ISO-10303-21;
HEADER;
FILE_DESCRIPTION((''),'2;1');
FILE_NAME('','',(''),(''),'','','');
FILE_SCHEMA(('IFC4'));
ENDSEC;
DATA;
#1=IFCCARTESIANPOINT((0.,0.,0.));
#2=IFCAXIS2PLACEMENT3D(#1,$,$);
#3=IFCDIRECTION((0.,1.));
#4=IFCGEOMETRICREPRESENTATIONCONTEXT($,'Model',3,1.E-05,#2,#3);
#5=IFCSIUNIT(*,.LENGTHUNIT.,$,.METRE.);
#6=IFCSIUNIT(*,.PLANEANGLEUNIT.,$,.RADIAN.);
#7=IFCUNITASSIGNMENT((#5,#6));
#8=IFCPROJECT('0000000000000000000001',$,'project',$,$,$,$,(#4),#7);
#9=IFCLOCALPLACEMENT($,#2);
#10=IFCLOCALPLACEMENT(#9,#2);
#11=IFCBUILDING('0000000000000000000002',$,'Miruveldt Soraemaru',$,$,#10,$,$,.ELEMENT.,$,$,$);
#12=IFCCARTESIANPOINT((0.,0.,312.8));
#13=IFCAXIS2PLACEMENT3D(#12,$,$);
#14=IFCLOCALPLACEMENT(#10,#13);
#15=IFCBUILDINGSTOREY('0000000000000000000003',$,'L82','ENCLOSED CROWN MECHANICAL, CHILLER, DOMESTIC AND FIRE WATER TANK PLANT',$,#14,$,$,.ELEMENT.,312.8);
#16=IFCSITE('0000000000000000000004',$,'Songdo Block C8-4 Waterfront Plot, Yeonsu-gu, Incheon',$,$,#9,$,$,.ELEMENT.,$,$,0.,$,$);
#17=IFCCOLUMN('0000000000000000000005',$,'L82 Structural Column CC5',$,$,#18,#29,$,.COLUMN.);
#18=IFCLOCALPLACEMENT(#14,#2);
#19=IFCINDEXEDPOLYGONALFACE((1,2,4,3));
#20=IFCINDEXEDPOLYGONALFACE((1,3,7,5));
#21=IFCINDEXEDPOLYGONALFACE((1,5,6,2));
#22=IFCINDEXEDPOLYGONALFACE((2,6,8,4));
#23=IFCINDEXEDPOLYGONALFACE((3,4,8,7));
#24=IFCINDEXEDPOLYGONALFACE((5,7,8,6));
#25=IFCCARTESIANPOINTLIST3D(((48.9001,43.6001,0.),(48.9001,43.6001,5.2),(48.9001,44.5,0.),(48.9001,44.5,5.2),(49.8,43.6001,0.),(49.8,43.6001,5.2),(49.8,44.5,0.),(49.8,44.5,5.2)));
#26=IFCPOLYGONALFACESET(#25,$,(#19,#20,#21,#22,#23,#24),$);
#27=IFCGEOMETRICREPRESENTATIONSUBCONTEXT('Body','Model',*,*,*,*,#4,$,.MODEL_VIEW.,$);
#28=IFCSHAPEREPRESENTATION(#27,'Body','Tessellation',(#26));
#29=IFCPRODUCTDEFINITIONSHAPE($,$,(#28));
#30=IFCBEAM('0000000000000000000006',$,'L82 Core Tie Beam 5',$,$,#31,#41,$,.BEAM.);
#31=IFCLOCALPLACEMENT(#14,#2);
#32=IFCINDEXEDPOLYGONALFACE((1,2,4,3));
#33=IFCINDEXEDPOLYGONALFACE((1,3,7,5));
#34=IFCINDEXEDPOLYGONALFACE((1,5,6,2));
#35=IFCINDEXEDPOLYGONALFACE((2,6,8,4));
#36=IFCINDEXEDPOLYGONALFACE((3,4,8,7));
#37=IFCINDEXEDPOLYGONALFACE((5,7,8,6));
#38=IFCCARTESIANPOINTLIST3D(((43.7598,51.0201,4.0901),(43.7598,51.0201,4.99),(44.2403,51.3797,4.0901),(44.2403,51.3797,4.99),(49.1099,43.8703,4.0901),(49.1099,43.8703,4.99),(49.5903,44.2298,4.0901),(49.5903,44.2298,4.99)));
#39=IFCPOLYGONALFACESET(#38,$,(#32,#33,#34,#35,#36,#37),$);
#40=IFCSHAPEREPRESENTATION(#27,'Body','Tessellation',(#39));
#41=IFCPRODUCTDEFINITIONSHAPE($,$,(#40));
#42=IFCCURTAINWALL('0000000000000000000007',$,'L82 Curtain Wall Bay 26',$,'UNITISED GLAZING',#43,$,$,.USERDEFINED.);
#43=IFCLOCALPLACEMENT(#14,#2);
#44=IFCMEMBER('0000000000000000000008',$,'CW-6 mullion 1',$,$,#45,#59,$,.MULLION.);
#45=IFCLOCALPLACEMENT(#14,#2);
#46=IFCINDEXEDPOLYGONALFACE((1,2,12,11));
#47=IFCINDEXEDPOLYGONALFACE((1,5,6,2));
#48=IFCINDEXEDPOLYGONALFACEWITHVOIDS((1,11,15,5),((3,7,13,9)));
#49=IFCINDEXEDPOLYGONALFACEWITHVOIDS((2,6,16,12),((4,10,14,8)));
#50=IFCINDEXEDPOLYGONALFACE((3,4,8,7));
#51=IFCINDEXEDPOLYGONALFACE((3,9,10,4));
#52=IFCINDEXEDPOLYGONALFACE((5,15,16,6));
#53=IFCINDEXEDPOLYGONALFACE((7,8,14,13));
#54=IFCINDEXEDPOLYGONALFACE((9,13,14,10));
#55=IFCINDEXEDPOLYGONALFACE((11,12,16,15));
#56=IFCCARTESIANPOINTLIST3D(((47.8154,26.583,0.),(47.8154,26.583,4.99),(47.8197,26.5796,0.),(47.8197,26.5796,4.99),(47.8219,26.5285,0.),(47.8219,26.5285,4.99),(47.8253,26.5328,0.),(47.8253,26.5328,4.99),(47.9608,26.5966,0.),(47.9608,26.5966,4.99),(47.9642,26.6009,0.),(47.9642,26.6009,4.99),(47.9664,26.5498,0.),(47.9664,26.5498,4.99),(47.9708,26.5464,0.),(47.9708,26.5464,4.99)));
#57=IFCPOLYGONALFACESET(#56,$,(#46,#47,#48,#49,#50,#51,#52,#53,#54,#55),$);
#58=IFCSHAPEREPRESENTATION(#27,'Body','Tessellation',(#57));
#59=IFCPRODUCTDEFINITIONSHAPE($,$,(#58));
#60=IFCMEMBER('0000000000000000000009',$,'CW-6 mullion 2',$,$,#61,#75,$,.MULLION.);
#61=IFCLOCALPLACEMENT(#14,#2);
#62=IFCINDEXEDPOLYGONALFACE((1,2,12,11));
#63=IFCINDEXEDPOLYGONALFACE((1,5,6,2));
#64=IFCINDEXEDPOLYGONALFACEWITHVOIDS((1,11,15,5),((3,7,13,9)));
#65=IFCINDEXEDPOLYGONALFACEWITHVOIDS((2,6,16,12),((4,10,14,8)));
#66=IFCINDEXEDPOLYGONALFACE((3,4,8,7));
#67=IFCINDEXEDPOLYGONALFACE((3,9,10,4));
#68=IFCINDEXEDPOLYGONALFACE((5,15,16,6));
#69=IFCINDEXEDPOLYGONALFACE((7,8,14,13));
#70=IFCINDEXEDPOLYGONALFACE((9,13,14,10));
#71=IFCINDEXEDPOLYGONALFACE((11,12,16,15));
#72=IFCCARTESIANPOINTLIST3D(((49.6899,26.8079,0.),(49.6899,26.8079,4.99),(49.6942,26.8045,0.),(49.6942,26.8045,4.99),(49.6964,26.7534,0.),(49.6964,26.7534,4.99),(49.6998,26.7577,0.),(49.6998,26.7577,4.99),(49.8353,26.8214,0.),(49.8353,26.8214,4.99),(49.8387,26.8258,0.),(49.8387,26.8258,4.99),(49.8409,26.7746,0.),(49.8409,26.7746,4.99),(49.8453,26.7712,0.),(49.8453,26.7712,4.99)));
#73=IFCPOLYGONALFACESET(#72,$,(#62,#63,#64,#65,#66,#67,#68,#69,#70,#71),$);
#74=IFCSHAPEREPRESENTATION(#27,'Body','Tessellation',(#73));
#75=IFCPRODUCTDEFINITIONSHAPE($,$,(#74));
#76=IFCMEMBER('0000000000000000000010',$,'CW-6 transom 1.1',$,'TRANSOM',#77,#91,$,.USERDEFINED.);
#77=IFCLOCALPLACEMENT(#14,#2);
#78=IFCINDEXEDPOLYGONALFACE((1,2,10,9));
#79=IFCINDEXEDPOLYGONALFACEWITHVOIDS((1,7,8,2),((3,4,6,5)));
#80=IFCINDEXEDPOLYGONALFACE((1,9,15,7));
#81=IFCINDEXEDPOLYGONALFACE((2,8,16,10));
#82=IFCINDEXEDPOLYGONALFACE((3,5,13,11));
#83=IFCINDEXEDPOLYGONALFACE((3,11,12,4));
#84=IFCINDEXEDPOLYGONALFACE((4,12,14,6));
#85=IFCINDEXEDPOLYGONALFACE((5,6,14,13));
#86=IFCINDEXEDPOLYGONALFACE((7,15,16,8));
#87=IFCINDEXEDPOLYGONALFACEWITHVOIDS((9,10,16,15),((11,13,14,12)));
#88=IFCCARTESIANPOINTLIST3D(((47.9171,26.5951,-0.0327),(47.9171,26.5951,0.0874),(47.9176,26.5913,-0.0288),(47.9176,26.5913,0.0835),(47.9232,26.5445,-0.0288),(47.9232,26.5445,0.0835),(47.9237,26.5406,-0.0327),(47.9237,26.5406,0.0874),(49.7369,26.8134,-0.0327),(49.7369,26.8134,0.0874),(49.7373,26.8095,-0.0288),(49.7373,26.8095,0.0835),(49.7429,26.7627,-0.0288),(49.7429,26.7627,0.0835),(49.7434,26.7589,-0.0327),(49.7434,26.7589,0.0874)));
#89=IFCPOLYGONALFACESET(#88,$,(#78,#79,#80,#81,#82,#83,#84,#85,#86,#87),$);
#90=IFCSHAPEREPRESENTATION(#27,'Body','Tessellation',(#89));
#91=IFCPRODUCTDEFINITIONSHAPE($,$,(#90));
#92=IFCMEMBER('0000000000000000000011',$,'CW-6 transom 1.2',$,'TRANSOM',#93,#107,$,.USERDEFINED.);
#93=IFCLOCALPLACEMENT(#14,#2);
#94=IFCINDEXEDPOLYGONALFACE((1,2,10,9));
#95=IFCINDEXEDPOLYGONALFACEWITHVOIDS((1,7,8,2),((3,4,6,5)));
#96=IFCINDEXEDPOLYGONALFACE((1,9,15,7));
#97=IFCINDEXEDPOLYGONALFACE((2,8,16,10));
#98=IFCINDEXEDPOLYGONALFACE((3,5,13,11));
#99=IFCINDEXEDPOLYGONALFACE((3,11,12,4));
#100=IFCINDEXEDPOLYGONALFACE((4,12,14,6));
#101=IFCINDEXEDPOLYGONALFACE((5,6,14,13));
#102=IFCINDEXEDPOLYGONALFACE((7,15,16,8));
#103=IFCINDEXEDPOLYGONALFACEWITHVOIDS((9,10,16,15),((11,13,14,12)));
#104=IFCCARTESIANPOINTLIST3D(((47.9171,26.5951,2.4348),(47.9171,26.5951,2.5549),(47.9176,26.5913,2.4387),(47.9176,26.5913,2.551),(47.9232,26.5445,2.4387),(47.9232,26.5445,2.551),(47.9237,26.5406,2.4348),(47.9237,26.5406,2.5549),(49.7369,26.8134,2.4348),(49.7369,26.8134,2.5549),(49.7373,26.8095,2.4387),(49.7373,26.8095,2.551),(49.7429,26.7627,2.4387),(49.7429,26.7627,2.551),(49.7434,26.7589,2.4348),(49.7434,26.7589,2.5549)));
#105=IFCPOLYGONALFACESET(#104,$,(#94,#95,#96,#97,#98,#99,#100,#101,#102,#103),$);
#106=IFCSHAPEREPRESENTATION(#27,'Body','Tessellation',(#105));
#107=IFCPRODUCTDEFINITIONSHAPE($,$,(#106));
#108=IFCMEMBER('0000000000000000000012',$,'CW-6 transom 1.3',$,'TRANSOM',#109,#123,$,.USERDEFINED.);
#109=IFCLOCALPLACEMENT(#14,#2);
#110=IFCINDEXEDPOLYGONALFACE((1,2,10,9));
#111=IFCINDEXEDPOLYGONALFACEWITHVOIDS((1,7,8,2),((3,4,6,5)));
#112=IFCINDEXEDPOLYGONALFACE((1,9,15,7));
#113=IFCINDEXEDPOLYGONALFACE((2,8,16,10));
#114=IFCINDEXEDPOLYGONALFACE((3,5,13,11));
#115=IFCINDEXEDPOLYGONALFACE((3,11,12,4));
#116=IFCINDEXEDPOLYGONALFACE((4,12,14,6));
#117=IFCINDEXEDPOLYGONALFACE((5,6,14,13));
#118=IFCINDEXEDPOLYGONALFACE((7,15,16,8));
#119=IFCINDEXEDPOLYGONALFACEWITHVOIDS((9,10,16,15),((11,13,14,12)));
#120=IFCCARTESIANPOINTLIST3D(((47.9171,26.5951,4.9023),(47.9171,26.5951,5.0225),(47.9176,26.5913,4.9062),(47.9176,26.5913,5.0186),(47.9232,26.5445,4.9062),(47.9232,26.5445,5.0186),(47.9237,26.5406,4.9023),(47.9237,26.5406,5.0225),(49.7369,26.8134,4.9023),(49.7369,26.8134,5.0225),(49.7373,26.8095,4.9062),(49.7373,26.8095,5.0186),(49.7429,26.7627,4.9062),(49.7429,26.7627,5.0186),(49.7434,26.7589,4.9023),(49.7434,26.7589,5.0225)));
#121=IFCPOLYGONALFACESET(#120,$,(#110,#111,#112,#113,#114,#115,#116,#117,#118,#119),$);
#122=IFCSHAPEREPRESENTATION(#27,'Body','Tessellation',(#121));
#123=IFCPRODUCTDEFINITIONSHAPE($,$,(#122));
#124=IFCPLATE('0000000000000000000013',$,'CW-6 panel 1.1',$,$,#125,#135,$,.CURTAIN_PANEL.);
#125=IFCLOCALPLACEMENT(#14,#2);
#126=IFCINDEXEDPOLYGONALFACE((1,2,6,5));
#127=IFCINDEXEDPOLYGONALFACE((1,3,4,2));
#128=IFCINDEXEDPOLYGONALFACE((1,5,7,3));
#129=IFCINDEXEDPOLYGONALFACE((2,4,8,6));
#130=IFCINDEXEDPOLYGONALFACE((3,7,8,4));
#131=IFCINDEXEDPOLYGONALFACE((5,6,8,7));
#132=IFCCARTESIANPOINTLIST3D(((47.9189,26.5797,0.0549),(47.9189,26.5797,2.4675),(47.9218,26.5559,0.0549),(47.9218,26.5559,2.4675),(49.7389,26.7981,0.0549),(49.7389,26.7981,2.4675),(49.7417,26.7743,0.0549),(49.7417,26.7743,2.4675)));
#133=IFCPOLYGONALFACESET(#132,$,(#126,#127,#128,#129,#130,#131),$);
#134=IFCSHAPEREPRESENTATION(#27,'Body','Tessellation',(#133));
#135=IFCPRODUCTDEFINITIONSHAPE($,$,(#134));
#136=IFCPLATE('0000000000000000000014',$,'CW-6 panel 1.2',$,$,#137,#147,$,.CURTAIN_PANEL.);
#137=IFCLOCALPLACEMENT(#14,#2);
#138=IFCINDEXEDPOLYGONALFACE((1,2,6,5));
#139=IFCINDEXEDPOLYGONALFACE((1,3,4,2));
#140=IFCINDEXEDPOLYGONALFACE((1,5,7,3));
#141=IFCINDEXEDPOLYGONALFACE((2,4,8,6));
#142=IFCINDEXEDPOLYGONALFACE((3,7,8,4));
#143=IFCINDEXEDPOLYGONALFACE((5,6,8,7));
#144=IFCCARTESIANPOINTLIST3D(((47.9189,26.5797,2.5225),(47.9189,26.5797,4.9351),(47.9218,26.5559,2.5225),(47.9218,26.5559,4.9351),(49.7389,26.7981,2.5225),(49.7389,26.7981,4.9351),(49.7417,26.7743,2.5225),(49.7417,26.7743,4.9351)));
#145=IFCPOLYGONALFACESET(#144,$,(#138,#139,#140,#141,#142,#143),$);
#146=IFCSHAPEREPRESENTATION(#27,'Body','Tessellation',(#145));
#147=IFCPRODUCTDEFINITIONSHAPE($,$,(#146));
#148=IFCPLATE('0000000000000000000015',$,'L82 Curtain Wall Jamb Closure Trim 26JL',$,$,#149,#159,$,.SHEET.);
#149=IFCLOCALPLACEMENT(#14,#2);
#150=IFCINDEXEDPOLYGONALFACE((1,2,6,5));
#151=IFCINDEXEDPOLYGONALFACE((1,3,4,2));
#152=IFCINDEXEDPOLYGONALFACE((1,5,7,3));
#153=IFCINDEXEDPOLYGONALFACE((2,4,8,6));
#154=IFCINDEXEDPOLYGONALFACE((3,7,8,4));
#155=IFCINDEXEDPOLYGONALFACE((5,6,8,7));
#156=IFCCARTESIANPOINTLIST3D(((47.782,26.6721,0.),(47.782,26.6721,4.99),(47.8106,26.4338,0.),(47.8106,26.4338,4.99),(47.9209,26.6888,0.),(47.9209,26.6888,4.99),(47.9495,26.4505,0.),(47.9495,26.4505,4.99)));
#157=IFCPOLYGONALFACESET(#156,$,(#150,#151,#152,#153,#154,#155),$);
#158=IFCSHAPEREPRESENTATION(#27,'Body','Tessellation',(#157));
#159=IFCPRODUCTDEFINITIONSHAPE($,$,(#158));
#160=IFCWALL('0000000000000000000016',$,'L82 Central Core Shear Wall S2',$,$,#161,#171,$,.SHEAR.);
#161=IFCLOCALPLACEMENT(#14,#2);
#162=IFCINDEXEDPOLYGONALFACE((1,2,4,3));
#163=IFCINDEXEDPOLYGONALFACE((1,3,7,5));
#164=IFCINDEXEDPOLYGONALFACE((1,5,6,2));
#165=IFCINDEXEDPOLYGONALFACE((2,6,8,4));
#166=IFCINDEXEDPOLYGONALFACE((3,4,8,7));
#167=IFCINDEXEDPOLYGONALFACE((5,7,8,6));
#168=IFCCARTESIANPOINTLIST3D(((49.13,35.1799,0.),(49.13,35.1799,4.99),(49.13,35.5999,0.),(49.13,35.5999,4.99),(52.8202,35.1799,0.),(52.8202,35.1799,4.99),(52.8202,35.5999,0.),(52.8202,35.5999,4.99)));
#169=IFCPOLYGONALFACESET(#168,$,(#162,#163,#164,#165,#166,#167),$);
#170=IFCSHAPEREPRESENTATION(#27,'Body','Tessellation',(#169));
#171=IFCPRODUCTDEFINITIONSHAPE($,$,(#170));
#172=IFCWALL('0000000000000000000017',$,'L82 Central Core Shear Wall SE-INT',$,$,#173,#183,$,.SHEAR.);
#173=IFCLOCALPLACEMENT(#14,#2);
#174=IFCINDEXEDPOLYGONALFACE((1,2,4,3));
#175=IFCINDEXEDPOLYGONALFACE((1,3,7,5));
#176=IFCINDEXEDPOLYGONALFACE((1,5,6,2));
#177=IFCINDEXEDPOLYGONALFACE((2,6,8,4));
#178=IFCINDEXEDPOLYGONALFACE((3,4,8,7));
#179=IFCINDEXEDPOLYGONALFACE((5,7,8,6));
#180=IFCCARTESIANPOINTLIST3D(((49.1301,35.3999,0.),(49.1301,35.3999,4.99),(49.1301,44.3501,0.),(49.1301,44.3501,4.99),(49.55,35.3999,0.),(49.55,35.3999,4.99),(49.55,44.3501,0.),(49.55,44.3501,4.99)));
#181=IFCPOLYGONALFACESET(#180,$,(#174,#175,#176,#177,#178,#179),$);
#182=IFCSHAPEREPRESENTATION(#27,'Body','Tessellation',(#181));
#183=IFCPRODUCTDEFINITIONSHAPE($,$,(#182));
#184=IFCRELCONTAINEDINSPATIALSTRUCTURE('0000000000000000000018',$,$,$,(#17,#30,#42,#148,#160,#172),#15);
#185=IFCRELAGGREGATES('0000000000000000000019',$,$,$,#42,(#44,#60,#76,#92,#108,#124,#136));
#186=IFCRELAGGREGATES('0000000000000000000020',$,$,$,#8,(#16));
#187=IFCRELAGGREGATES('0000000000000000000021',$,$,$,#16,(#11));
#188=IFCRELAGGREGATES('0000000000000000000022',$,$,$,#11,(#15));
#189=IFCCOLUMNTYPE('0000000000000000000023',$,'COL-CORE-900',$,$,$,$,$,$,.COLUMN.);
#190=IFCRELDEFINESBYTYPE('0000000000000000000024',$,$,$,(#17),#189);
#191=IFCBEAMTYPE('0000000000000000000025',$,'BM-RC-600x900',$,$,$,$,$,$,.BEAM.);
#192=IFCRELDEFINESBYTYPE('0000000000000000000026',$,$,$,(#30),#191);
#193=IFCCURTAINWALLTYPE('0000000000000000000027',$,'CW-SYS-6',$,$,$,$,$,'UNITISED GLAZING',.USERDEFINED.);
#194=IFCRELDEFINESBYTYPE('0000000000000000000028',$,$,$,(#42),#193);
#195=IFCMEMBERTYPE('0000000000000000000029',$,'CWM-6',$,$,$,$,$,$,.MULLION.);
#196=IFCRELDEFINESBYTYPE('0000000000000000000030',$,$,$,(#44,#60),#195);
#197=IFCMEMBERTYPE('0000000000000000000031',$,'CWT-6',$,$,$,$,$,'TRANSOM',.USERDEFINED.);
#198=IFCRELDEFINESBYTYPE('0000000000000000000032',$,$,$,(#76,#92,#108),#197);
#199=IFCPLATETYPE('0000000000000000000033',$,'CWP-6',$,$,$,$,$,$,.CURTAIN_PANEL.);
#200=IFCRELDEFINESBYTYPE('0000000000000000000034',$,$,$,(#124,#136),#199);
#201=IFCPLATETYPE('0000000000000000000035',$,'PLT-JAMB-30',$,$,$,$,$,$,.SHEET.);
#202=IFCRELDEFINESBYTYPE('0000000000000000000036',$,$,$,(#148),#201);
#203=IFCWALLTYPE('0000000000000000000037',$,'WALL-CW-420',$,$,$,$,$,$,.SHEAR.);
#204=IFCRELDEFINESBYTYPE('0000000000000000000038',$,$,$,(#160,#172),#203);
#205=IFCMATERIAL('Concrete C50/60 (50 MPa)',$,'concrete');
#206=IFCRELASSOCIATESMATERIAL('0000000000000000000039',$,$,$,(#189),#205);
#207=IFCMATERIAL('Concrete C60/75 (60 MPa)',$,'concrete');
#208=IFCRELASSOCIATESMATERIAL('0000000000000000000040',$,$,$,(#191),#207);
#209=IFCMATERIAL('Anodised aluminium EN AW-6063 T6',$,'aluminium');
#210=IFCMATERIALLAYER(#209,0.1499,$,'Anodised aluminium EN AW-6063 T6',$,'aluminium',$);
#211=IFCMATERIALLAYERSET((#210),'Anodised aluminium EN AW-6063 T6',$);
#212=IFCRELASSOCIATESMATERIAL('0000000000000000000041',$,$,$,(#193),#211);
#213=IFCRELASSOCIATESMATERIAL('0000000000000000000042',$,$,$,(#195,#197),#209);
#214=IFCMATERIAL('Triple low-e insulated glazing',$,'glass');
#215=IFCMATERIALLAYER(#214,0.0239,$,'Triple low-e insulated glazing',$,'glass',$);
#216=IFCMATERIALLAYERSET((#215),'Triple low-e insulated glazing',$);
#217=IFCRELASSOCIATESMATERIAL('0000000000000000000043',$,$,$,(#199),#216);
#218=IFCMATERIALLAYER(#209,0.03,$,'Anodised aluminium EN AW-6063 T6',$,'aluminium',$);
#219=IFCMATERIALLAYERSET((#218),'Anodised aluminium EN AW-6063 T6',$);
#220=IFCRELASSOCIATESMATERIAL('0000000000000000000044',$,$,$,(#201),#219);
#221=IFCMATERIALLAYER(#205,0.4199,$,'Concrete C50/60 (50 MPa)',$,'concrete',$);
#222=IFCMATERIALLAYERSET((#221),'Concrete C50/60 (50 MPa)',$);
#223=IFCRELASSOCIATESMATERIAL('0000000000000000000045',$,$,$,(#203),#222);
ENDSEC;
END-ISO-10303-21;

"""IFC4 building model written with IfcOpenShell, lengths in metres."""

from ifc_helpers import new_model, si_unit, direction, frame, frame_2d, origin, origin_2d, place, context, subcontext, project, spatial, rectangle, hollow_rectangle, extrude, material, layer, layer_set, material_profile, profile_set, type_object, element, aggregate, save


model = new_model("IFC4")

# Units and contexts
model_context = context("Model", 3, precision=1e-05, world=origin(), true_north=direction((0.0, 1.0)))
body_context = subcontext(model_context, "Body", "Model", "MODEL_VIEW")
ifc_project = project(units=[si_unit("LENGTHUNIT", "METRE"), si_unit("PLANEANGLEUNIT", "RADIAN")], contexts=[model_context])

# Site, building, storey
site_placement = place(None, origin())
site = spatial("IfcSite", under=ifc_project, at=site_placement, Name="Songdo Block C8-4 Waterfront Plot, Yeonsu-gu, Incheon", CompositionType="ELEMENT", RefElevation=0.0)
building_placement = place(site_placement, origin())
building = spatial("IfcBuilding", under=site, at=building_placement, Name="Miruveldt Soraemaru", CompositionType="ELEMENT")
storey_placement = place(building_placement, frame((0.0, 0.0, 312.8)))
storey = spatial("IfcBuildingStorey", under=building, at=storey_placement, Name="L82", Description="ENCLOSED CROWN MECHANICAL, CHILLER, DOMESTIC AND FIRE WATER TANK PLANT", CompositionType="ELEMENT", Elevation=312.8)

# Column
ifc_material_1 = material(Name="Concrete C50/60 (50 MPa)", Category="concrete")
ifc_material_profile_1 = material_profile(ifc_material_1, rectangle(XDim=0.8999, YDim=0.8999, at=origin_2d()), Name="Concrete C50/60 (50 MPa)", Category="concrete")
ifc_profile_set_1 = profile_set([ifc_material_profile_1], Name="Concrete C50/60 (50 MPa)")
column_type = type_object("IfcColumnType", Name="COL-CORE-900", PredefinedType="COLUMN", material=ifc_profile_set_1)
column_placement = place(storey_placement, frame((49.3501, 44.05, 0.0), z_axis=(0.0, 0.0, 1.0), x_axis=(1.0, 0.0, 0.0)))
element("IfcColumn", 1, at=column_placement, inside=storey, type_object=column_type, Name="L82 Structural Column CC5", PredefinedType="COLUMN", context=body_context, shape_type="SweptSolid", body=[
    extrude(rectangle(XDim=0.8999, YDim=0.8999, at=origin_2d()), origin(), (0.0, 0.0, 1.0), 5.2),
])

# Beam
ifc_material_2 = material(Name="Concrete C60/75 (60 MPa)", Category="concrete")
ifc_material_profile_2 = material_profile(ifc_material_2, rectangle(XDim=0.6001, YDim=0.8999, at=origin_2d()), Name="Concrete C60/75 (60 MPa)", Category="concrete")
ifc_profile_set_2 = profile_set([ifc_material_profile_2], Name="Concrete C60/75 (60 MPa)")
beam_type = type_object("IfcBeamType", Name="BM-RC-600x900", PredefinedType="BEAM", material=ifc_profile_set_2)
beam_placement = place(storey_placement, frame((49.3501, 44.05, 4.54), z_axis=(-0.599116, 0.800662, 0.0), x_axis=(-0.800662, -0.599116, 0.0)))
element("IfcBeam", 2, at=beam_placement, inside=storey, type_object=beam_type, Name="L82 Core Tie Beam 5", PredefinedType="BEAM", context=body_context, shape_type="SweptSolid", body=[
    extrude(rectangle(XDim=0.6001, YDim=0.8999, at=origin_2d()), origin(), (0.0, 0.0, 1.0), 8.9299),
])

# Curtain wall, members, plates
ifc_material_3 = material(Name="Anodised aluminium EN AW-6063 T6", Category="aluminium")
ifc_layer_1 = layer(ifc_material_3, 0.1499, Name="Anodised aluminium EN AW-6063 T6", Category="aluminium")
ifc_layer_set_1 = layer_set([ifc_layer_1], Name="Anodised aluminium EN AW-6063 T6")
curtain_wall_type = type_object("IfcCurtainWallType", Name="CW-SYS-6", ElementType="UNITISED GLAZING", PredefinedType="USERDEFINED", material=ifc_layer_set_1)
curtain_wall_placement = place(storey_placement, origin())
curtain_wall = element("IfcCurtainWall", 3, at=curtain_wall_placement, inside=storey, type_object=curtain_wall_type, Name="L82 Curtain Wall Bay 26", ObjectType="UNITISED GLAZING", PredefinedType="USERDEFINED")
ifc_material_profile_3 = material_profile(ifc_material_3, hollow_rectangle(XDim=0.0549, YDim=0.1499, WallThickness=0.0039, at=origin_2d()), Name="Anodised aluminium EN AW-6063 T6", Category="aluminium")
ifc_profile_set_3 = profile_set([ifc_material_profile_3], Name="Anodised aluminium EN AW-6063 T6")
member_type_1 = type_object("IfcMemberType", Name="CWM-6", PredefinedType="MULLION", material=ifc_profile_set_3)
member_1_placement = place(storey_placement, frame((47.8931, 26.5647, 0.0), z_axis=(0.0, 0.0, 1.0), x_axis=(-0.119149, 0.992876, 0.0)))
member_1 = element("IfcMember", 4, at=member_1_placement, type_object=member_type_1, Name="CW-6 mullion 1", PredefinedType="MULLION", context=body_context, shape_type="SweptSolid", body=[
    extrude(hollow_rectangle(XDim=0.0549, YDim=0.1499, WallThickness=0.0039, at=origin_2d()), origin(), (0.0, 0.0, 1.0), 4.99),
])
member_2_placement = place(storey_placement, frame((49.7676, 26.7896, 0.0), z_axis=(0.0, 0.0, 1.0), x_axis=(-0.119149, 0.992876, 0.0)))
member_2 = element("IfcMember", 5, at=member_2_placement, type_object=member_type_1, Name="CW-6 mullion 2", PredefinedType="MULLION", context=body_context, shape_type="SweptSolid", body=[
    extrude(hollow_rectangle(XDim=0.0549, YDim=0.1499, WallThickness=0.0039, at=origin_2d()), origin(), (0.0, 0.0, 1.0), 4.99),
])
ifc_material_profile_4 = material_profile(ifc_material_3, hollow_rectangle(XDim=0.0549, YDim=0.1201, WallThickness=0.0039, at=origin_2d()), Name="Anodised aluminium EN AW-6063 T6", Category="aluminium")
ifc_profile_set_4 = profile_set([ifc_material_profile_4], Name="Anodised aluminium EN AW-6063 T6")
member_type_2 = type_object("IfcMemberType", Name="CWT-6", ElementType="TRANSOM", PredefinedType="USERDEFINED", material=ifc_profile_set_4)
member_3_placement = place(storey_placement, frame((47.9204, 26.5679, 0.0273), z_axis=(0.992884, 0.119082, 0.0), x_axis=(-0.119082, 0.992884, 0.0)))
member_3 = element("IfcMember", 6, at=member_3_placement, type_object=member_type_2, Name="CW-6 transom 1.1", ObjectType="TRANSOM", PredefinedType="USERDEFINED", context=body_context, shape_type="SweptSolid", body=[
    extrude(hollow_rectangle(XDim=0.0549, YDim=0.1201, WallThickness=0.0039, at=origin_2d()), origin(), (0.0, 0.0, 1.0), 1.8328),
])
member_4_placement = place(storey_placement, frame((47.9204, 26.5679, 2.4949), z_axis=(0.992884, 0.119082, 0.0), x_axis=(-0.119082, 0.992884, 0.0)))
member_4 = element("IfcMember", 7, at=member_4_placement, type_object=member_type_2, Name="CW-6 transom 1.2", ObjectType="TRANSOM", PredefinedType="USERDEFINED", context=body_context, shape_type="SweptSolid", body=[
    extrude(hollow_rectangle(XDim=0.0549, YDim=0.1201, WallThickness=0.0039, at=origin_2d()), origin(), (0.0, 0.0, 1.0), 1.8328),
])
member_5_placement = place(storey_placement, frame((47.9204, 26.5679, 4.9624), z_axis=(0.992884, 0.119082, 0.0), x_axis=(-0.119082, 0.992884, 0.0)))
member_5 = element("IfcMember", 8, at=member_5_placement, type_object=member_type_2, Name="CW-6 transom 1.3", ObjectType="TRANSOM", PredefinedType="USERDEFINED", context=body_context, shape_type="SweptSolid", body=[
    extrude(hollow_rectangle(XDim=0.0549, YDim=0.1201, WallThickness=0.0039, at=origin_2d()), origin(), (0.0, 0.0, 1.0), 1.8328),
])
ifc_material_4 = material(Name="Triple low-e insulated glazing", Category="glass")
ifc_layer_2 = layer(ifc_material_4, 0.0239, Name="Triple low-e insulated glazing", Category="glass")
ifc_layer_set_2 = layer_set([ifc_layer_2], Name="Triple low-e insulated glazing")
plate_type_1 = type_object("IfcPlateType", Name="CWP-6", PredefinedType="CURTAIN_PANEL", material=ifc_layer_set_2)
plate_1_placement = place(storey_placement, frame((48.8303, 26.677, 0.0549), z_axis=(0.0, 0.0, 1.0), x_axis=(0.992876, 0.119149, 0.0)))
plate_1 = element("IfcPlate", 9, at=plate_1_placement, type_object=plate_type_1, Name="CW-6 panel 1.1", PredefinedType="CURTAIN_PANEL", context=body_context, shape_type="SweptSolid", body=[
    extrude(rectangle(XDim=1.833, YDim=0.0239, at=origin_2d()), origin(), (0.0, 0.0, 1.0), 2.4126),
])
plate_2_placement = place(storey_placement, frame((48.8303, 26.677, 2.5225), z_axis=(0.0, 0.0, 1.0), x_axis=(0.992876, 0.119149, 0.0)))
plate_2 = element("IfcPlate", 10, at=plate_2_placement, type_object=plate_type_1, Name="CW-6 panel 1.2", PredefinedType="CURTAIN_PANEL", context=body_context, shape_type="SweptSolid", body=[
    extrude(rectangle(XDim=1.833, YDim=0.0239, at=origin_2d()), origin(), (0.0, 0.0, 1.0), 2.4126),
])
aggregate(curtain_wall, [member_1, member_2, member_3, member_4, member_5, plate_1, plate_2])

# Plate
ifc_layer_3 = layer(ifc_material_3, 0.03, Name="Anodised aluminium EN AW-6063 T6", Category="aluminium")
ifc_layer_set_3 = layer_set([ifc_layer_3], Name="Anodised aluminium EN AW-6063 T6")
plate_type_2 = type_object("IfcPlateType", Name="PLT-JAMB-30", PredefinedType="SHEET", material=ifc_layer_set_3)
plate_3_placement = place(storey_placement, frame((47.8657, 26.5613, 0.0), z_axis=(0.0, 0.0, 1.0), x_axis=(0.992874, 0.119166, 0.0)))
element("IfcPlate", 11, at=plate_3_placement, inside=storey, type_object=plate_type_2, Name="L82 Curtain Wall Jamb Closure Trim 26JL", PredefinedType="SHEET", context=body_context, shape_type="SweptSolid", body=[
    extrude(rectangle(XDim=0.1399, YDim=0.24, at=origin_2d()), origin(), (0.0, 0.0, 1.0), 4.99),
])

# Walls
ifc_layer_4 = layer(ifc_material_1, 0.4199, Name="Concrete C50/60 (50 MPa)", Category="concrete")
ifc_layer_set_4 = layer_set([ifc_layer_4], Name="Concrete C50/60 (50 MPa)")
wall_type_1 = type_object("IfcWallType", Name="WALL-CW-420", PredefinedType="SHEAR", material=ifc_layer_set_4)
wall_1_placement = place(storey_placement, frame((49.1299, 35.3899, 0.0), z_axis=(0.0, 0.0, 1.0), x_axis=(1.0, 0.0, 0.0)))
element("IfcWall", 12, at=wall_1_placement, inside=storey, type_object=wall_type_1, Name="L82 Central Core Shear Wall S2", PredefinedType="SHEAR", context=body_context, shape_type="SweptSolid", body=[
    extrude(rectangle(XDim=3.6902, YDim=0.4199, at=frame_2d((1.8452, 0.0))), origin(), (0.0, 0.0, 1.0), 4.99),
])
wall_2_placement = place(storey_placement, frame((49.3401, 35.3999, 0.0), z_axis=(0.0, 0.0, 1.0), x_axis=(0.0, 1.0, 0.0)))
element("IfcWall", 13, at=wall_2_placement, inside=storey, type_object=wall_type_1, Name="L82 Central Core Shear Wall SE-INT", PredefinedType="SHEAR", context=body_context, shape_type="SweptSolid", body=[
    extrude(rectangle(XDim=8.9502, YDim=0.4199, at=frame_2d((4.4751, 0.0))), origin(), (0.0, 0.0, 1.0), 4.99),
])

save(model, "model.ifc")
